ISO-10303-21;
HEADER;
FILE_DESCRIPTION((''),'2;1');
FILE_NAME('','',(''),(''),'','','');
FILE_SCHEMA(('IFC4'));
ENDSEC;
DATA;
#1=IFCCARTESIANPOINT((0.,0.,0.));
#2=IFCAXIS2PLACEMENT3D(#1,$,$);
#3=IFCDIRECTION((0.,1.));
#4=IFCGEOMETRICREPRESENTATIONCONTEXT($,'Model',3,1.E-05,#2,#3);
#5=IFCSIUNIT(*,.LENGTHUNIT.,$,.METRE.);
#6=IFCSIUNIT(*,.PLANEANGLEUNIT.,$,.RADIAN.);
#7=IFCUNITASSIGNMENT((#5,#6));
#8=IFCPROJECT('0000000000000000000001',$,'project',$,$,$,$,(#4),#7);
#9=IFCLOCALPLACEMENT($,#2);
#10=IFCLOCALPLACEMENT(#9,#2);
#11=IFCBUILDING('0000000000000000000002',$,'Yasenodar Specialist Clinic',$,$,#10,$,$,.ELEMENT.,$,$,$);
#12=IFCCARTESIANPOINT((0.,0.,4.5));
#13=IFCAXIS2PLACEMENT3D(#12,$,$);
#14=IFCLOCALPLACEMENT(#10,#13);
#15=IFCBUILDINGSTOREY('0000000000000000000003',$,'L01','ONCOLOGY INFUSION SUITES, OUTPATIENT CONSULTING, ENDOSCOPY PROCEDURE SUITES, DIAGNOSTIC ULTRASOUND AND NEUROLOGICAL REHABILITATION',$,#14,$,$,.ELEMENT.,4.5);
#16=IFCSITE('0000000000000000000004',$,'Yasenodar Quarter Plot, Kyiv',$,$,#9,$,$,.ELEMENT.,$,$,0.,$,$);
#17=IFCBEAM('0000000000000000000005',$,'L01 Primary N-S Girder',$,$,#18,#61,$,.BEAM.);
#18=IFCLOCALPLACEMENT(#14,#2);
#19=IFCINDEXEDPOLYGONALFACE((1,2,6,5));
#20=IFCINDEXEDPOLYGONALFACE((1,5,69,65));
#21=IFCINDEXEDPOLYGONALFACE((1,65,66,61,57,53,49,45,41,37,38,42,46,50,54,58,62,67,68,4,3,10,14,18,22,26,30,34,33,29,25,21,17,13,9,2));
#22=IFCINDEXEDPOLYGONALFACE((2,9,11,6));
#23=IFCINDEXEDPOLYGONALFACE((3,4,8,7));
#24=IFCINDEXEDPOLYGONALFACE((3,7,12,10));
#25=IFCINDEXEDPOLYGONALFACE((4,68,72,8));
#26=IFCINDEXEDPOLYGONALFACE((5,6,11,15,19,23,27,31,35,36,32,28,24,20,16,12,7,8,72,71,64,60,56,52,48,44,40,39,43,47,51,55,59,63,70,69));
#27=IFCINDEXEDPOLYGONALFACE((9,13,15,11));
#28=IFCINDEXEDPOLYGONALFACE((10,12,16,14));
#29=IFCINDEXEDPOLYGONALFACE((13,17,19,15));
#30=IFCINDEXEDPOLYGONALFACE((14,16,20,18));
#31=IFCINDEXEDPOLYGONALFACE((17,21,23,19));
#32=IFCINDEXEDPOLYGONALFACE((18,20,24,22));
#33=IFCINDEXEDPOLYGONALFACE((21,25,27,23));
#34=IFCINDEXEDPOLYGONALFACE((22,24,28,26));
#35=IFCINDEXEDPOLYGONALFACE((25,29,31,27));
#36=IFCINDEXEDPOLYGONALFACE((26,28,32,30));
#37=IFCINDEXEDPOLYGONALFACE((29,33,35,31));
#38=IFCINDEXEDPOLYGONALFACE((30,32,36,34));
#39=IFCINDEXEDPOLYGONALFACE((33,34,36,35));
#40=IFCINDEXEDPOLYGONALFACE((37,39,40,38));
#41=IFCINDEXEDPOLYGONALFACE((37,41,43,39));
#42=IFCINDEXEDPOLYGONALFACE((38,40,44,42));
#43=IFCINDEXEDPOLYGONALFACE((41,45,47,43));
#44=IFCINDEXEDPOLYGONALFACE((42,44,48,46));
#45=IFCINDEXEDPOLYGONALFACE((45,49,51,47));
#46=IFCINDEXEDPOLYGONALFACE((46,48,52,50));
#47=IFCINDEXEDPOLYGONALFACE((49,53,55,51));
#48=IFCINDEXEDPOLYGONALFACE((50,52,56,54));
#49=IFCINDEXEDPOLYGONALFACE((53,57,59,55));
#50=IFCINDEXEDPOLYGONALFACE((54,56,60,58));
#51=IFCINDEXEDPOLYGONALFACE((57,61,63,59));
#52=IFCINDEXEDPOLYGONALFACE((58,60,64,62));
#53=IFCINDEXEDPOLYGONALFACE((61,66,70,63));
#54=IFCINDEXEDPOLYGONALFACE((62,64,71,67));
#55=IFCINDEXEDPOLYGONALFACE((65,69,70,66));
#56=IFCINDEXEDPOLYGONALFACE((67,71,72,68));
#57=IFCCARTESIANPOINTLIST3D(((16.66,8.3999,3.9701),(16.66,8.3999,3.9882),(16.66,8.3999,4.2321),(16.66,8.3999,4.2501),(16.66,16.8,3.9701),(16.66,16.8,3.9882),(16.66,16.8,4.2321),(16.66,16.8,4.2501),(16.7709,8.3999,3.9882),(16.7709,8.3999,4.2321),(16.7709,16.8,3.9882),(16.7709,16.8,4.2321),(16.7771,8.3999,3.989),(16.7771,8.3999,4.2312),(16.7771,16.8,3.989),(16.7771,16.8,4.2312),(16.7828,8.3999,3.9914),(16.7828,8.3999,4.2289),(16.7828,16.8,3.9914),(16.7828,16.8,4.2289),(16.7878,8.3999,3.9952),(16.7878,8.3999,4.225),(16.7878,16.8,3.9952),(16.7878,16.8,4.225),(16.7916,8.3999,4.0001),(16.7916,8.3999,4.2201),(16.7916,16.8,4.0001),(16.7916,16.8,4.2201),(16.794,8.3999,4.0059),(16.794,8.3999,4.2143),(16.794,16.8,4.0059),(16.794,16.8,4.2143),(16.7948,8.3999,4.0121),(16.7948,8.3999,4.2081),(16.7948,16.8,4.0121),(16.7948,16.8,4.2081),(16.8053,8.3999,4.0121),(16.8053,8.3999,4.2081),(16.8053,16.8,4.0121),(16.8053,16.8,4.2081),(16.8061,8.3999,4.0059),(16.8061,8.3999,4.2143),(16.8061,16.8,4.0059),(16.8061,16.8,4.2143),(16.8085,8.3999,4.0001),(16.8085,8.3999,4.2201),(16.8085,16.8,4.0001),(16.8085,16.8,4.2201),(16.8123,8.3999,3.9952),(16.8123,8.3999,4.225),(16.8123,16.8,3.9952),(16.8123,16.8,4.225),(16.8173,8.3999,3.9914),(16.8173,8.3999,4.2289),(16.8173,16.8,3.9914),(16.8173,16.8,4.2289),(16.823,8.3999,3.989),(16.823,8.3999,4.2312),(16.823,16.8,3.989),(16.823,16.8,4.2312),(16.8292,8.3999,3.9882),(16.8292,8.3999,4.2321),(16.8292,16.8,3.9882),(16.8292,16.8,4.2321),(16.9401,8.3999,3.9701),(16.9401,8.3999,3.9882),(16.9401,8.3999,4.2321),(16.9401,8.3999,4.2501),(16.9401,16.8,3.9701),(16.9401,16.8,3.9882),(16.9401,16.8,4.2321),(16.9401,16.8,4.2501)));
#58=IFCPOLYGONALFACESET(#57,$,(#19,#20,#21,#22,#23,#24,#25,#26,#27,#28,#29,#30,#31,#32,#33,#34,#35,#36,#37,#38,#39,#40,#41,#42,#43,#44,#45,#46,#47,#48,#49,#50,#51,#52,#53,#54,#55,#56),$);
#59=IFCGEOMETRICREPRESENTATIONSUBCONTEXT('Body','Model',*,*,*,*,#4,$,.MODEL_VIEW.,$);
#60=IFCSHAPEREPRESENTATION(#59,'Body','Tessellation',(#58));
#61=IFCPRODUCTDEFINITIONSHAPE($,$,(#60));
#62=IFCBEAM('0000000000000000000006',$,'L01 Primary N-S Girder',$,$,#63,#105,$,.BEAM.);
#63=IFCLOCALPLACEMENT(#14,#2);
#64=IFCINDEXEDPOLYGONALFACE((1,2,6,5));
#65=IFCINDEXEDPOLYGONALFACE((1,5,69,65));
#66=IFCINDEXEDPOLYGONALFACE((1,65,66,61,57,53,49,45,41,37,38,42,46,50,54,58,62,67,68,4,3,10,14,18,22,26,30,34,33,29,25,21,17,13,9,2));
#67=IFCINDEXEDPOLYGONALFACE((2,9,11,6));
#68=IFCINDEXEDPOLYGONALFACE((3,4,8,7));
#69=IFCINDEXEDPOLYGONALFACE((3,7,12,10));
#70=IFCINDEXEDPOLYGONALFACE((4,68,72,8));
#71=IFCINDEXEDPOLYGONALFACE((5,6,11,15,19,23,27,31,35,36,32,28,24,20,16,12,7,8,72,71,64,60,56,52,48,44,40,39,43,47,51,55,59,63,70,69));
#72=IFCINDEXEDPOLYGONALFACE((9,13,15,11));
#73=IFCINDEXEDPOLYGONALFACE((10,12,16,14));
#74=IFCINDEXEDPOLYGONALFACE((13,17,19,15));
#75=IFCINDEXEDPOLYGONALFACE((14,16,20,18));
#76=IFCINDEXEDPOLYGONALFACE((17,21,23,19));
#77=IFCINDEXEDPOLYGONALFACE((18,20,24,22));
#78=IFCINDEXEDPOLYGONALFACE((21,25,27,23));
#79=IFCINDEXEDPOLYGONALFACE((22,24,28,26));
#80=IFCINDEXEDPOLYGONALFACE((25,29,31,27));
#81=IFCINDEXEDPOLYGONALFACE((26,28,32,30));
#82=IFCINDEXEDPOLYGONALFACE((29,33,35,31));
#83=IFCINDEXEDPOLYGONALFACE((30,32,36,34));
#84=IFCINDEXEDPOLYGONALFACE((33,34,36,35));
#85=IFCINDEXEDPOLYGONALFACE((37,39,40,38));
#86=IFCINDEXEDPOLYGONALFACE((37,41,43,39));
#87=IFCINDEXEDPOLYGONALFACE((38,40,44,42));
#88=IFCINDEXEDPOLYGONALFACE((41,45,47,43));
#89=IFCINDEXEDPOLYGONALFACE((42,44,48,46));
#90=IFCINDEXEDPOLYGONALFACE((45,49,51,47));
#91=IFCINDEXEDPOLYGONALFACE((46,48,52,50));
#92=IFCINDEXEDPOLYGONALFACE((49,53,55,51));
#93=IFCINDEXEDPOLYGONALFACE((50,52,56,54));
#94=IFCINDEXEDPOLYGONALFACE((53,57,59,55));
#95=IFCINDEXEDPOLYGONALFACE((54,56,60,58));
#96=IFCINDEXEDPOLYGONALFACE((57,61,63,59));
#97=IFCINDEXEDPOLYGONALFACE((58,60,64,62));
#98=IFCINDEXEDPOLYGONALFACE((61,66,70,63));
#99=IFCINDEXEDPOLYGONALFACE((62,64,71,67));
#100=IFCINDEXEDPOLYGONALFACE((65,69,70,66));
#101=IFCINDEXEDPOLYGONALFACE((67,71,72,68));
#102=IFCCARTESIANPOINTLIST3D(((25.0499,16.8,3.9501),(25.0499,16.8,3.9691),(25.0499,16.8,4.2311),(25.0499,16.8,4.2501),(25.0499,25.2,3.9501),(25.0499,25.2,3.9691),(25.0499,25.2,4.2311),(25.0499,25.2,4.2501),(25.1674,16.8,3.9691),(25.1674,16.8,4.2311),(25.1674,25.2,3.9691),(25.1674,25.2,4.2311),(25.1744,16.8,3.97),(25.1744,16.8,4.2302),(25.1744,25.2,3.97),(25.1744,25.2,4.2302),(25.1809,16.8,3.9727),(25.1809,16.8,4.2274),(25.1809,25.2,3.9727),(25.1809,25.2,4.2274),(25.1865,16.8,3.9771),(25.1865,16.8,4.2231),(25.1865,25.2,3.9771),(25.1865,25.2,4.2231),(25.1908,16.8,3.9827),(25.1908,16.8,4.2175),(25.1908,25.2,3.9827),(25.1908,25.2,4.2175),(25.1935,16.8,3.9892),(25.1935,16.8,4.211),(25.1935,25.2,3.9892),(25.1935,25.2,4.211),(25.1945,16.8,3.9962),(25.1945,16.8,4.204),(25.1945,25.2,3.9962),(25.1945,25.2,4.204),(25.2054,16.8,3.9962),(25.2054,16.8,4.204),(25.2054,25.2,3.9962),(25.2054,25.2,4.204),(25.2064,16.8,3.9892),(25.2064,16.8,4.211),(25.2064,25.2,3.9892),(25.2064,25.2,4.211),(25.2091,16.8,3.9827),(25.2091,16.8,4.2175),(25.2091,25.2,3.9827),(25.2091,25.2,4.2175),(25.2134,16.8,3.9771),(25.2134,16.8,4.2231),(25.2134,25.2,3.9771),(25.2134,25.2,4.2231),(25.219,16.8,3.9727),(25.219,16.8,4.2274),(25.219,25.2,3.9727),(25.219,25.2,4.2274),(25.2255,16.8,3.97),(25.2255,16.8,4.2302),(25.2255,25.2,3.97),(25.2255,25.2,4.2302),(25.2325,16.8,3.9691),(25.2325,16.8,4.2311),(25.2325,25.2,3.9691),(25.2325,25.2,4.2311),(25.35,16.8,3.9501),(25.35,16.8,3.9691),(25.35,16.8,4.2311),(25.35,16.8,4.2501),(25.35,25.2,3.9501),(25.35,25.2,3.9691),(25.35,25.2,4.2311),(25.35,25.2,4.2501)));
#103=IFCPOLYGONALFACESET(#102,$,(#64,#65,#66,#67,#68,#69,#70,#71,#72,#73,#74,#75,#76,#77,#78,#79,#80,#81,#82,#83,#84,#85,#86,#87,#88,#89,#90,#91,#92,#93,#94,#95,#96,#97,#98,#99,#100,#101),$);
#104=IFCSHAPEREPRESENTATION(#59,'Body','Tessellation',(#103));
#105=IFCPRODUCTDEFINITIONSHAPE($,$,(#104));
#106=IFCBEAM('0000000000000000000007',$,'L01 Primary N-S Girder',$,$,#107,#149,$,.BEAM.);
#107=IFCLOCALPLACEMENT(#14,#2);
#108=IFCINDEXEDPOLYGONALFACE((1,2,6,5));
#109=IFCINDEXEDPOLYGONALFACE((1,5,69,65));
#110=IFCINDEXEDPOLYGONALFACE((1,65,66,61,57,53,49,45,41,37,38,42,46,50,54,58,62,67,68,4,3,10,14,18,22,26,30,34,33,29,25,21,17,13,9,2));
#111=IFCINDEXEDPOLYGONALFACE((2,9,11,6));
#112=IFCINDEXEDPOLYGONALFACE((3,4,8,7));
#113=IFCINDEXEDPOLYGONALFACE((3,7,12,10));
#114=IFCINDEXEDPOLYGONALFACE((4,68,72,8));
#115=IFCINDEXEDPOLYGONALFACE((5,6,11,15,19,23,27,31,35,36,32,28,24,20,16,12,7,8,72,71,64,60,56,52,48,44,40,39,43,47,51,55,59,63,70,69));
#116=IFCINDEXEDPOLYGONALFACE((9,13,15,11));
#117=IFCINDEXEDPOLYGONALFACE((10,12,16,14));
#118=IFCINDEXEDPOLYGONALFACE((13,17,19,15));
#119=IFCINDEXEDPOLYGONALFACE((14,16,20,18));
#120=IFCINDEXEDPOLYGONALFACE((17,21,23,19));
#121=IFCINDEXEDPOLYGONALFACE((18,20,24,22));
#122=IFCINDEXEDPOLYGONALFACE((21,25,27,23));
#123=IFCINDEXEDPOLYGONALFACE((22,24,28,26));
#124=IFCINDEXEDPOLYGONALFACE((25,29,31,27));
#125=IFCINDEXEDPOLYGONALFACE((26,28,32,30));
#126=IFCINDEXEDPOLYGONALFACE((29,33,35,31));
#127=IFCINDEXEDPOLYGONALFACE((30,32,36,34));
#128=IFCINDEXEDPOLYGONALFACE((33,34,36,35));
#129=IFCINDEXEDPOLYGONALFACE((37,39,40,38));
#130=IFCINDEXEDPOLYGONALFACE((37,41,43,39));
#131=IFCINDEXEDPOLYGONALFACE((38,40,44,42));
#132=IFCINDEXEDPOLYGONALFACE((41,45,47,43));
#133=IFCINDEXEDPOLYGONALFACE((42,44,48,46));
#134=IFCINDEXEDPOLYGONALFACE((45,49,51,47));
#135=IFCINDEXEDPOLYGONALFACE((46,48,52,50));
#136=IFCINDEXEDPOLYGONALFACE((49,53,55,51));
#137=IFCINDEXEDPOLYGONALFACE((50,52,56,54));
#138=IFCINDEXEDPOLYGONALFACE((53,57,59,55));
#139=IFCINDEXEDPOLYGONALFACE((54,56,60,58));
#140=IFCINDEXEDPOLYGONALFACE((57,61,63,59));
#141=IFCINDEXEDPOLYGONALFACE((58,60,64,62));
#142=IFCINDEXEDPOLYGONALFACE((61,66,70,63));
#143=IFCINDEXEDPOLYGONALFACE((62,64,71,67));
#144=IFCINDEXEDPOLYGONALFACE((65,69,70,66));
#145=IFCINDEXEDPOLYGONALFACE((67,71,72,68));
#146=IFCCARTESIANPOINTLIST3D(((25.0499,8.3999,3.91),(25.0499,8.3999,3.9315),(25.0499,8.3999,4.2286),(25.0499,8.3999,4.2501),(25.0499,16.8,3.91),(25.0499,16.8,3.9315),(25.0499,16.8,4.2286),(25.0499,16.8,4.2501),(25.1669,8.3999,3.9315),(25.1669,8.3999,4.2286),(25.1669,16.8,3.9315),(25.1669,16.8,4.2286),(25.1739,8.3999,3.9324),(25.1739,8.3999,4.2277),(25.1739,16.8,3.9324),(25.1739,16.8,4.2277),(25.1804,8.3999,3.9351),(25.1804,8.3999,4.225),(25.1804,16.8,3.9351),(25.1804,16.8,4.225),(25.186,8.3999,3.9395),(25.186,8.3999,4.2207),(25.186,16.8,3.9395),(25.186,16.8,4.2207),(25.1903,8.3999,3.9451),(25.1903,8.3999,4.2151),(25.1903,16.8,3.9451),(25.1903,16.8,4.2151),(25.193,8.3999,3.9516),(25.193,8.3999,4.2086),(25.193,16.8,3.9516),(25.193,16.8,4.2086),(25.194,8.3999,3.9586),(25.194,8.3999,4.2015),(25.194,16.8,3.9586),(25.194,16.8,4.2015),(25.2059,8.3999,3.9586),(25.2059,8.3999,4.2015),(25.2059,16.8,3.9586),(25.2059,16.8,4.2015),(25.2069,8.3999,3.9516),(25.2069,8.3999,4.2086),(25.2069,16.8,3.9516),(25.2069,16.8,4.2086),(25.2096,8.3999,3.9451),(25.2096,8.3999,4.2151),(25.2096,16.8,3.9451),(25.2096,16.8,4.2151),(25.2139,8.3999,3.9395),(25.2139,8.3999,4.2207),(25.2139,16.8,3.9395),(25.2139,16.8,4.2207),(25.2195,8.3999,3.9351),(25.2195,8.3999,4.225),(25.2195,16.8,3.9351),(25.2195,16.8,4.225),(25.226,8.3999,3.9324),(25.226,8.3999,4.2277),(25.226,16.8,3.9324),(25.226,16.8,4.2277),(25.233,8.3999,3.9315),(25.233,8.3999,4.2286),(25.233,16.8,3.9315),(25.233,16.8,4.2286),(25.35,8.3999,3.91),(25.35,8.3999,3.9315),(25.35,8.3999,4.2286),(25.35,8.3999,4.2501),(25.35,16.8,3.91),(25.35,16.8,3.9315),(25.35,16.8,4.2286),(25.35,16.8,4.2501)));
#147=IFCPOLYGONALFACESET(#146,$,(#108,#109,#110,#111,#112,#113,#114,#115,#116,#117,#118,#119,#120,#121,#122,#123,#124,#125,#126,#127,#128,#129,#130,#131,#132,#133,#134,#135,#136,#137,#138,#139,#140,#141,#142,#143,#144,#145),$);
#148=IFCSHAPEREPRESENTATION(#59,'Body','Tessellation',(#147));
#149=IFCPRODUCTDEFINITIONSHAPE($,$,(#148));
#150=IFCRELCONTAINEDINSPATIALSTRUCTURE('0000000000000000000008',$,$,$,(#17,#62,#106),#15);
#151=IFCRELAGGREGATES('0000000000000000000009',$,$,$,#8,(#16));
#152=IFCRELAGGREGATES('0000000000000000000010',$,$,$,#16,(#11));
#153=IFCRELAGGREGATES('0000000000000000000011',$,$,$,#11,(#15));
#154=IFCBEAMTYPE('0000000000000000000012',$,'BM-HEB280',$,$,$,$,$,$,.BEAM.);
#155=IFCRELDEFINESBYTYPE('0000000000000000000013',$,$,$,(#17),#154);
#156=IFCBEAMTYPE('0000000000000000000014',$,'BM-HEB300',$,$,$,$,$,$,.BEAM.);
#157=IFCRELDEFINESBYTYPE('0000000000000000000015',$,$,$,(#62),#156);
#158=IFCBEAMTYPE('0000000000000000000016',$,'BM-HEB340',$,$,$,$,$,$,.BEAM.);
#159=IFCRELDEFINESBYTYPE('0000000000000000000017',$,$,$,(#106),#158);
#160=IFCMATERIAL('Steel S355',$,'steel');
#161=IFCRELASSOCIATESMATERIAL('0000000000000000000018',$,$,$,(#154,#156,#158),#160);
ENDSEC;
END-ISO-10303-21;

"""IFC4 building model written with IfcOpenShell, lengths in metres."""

from ifc_helpers import new_model, si_unit, direction, frame, origin, origin_2d, place, context, subcontext, project, spatial, i_section, extrude, material, material_profile, profile_set, type_object, element, save


model = new_model("IFC4")

# Units and contexts
model_context = context("Model", 3, precision=1e-05, world=origin(), true_north=direction((0.0, 1.0)))
body_context = subcontext(model_context, "Body", "Model", "MODEL_VIEW")
ifc_project = project(units=[si_unit("LENGTHUNIT", "METRE"), si_unit("PLANEANGLEUNIT", "RADIAN")], contexts=[model_context])

# Site, building, storey
site_placement = place(None, origin())
site = spatial("IfcSite", under=ifc_project, at=site_placement, Name="Yasenodar Quarter Plot, Kyiv", CompositionType="ELEMENT", RefElevation=0.0)
building_placement = place(site_placement, origin())
building = spatial("IfcBuilding", under=site, at=building_placement, Name="Yasenodar Specialist Clinic", CompositionType="ELEMENT")
storey_placement = place(building_placement, frame((0.0, 0.0, 4.5)))
storey = spatial("IfcBuildingStorey", under=building, at=storey_placement, Name="L01", Description="ONCOLOGY INFUSION SUITES, OUTPATIENT CONSULTING, ENDOSCOPY PROCEDURE SUITES, DIAGNOSTIC ULTRASOUND AND NEUROLOGICAL REHABILITATION", CompositionType="ELEMENT", Elevation=4.5)

# Beams
ifc_material_1 = material(Name="Steel S355", Category="steel")
ifc_material_profile_1 = material_profile(ifc_material_1, i_section(OverallWidth=0.28, OverallDepth=0.28, WebThickness=0.0105, FlangeThickness=0.0181, FilletRadius=0.0239, at=origin_2d()), Name="HEB 280")
ifc_profile_set_1 = profile_set([ifc_material_profile_1], Name="Steel S355")
beam_type_1 = type_object("IfcBeamType", Name="BM-HEB280", PredefinedType="BEAM", material=ifc_profile_set_1)
beam_1_placement = place(storey_placement, frame((16.8, 8.3999, 4.1101), z_axis=(0.0, 1.0, 0.0), x_axis=(-1.0, 0.0, 0.0)))
element("IfcBeam", 1, at=beam_1_placement, inside=storey, type_object=beam_type_1, Name="L01 Primary N-S Girder", PredefinedType="BEAM", context=body_context, shape_type="SweptSolid", body=[
    extrude(i_section(OverallWidth=0.28, OverallDepth=0.28, WebThickness=0.0105, FlangeThickness=0.0181, FilletRadius=0.0239, at=origin_2d()), origin(), (0.0, 0.0, 1.0), 8.4001),
])
ifc_material_profile_2 = material_profile(ifc_material_1, i_section(OverallWidth=0.3, OverallDepth=0.3, WebThickness=0.011, FlangeThickness=0.019, FilletRadius=0.0271, at=origin_2d()), Name="HEB 300")
ifc_profile_set_2 = profile_set([ifc_material_profile_2], Name="Steel S355")
beam_type_2 = type_object("IfcBeamType", Name="BM-HEB300", PredefinedType="BEAM", material=ifc_profile_set_2)
beam_2_placement = place(storey_placement, frame((25.2, 16.8, 4.1001), z_axis=(0.0, 1.0, 0.0), x_axis=(-1.0, 0.0, 0.0)))
element("IfcBeam", 2, at=beam_2_placement, inside=storey, type_object=beam_type_2, Name="L01 Primary N-S Girder", PredefinedType="BEAM", context=body_context, shape_type="SweptSolid", body=[
    extrude(i_section(OverallWidth=0.3, OverallDepth=0.3, WebThickness=0.011, FlangeThickness=0.019, FilletRadius=0.0271, at=origin_2d()), origin(), (0.0, 0.0, 1.0), 8.3999),
])
ifc_material_profile_3 = material_profile(ifc_material_1, i_section(OverallWidth=0.3, OverallDepth=0.3401, WebThickness=0.012, FlangeThickness=0.0215, FilletRadius=0.0271, at=origin_2d()), Name="HEB 340")
ifc_profile_set_3 = profile_set([ifc_material_profile_3], Name="Steel S355")
beam_type_3 = type_object("IfcBeamType", Name="BM-HEB340", PredefinedType="BEAM", material=ifc_profile_set_3)
beam_3_placement = place(storey_placement, frame((25.2, 8.3999, 4.0801), z_axis=(0.0, 1.0, 0.0), x_axis=(-1.0, 0.0, 0.0)))
element("IfcBeam", 3, at=beam_3_placement, inside=storey, type_object=beam_type_3, Name="L01 Primary N-S Girder", PredefinedType="BEAM", context=body_context, shape_type="SweptSolid", body=[
    extrude(i_section(OverallWidth=0.3, OverallDepth=0.3401, WebThickness=0.012, FlangeThickness=0.0215, FilletRadius=0.0271, at=origin_2d()), origin(), (0.0, 0.0, 1.0), 8.4001),
])

save(model, "model.ifc")
